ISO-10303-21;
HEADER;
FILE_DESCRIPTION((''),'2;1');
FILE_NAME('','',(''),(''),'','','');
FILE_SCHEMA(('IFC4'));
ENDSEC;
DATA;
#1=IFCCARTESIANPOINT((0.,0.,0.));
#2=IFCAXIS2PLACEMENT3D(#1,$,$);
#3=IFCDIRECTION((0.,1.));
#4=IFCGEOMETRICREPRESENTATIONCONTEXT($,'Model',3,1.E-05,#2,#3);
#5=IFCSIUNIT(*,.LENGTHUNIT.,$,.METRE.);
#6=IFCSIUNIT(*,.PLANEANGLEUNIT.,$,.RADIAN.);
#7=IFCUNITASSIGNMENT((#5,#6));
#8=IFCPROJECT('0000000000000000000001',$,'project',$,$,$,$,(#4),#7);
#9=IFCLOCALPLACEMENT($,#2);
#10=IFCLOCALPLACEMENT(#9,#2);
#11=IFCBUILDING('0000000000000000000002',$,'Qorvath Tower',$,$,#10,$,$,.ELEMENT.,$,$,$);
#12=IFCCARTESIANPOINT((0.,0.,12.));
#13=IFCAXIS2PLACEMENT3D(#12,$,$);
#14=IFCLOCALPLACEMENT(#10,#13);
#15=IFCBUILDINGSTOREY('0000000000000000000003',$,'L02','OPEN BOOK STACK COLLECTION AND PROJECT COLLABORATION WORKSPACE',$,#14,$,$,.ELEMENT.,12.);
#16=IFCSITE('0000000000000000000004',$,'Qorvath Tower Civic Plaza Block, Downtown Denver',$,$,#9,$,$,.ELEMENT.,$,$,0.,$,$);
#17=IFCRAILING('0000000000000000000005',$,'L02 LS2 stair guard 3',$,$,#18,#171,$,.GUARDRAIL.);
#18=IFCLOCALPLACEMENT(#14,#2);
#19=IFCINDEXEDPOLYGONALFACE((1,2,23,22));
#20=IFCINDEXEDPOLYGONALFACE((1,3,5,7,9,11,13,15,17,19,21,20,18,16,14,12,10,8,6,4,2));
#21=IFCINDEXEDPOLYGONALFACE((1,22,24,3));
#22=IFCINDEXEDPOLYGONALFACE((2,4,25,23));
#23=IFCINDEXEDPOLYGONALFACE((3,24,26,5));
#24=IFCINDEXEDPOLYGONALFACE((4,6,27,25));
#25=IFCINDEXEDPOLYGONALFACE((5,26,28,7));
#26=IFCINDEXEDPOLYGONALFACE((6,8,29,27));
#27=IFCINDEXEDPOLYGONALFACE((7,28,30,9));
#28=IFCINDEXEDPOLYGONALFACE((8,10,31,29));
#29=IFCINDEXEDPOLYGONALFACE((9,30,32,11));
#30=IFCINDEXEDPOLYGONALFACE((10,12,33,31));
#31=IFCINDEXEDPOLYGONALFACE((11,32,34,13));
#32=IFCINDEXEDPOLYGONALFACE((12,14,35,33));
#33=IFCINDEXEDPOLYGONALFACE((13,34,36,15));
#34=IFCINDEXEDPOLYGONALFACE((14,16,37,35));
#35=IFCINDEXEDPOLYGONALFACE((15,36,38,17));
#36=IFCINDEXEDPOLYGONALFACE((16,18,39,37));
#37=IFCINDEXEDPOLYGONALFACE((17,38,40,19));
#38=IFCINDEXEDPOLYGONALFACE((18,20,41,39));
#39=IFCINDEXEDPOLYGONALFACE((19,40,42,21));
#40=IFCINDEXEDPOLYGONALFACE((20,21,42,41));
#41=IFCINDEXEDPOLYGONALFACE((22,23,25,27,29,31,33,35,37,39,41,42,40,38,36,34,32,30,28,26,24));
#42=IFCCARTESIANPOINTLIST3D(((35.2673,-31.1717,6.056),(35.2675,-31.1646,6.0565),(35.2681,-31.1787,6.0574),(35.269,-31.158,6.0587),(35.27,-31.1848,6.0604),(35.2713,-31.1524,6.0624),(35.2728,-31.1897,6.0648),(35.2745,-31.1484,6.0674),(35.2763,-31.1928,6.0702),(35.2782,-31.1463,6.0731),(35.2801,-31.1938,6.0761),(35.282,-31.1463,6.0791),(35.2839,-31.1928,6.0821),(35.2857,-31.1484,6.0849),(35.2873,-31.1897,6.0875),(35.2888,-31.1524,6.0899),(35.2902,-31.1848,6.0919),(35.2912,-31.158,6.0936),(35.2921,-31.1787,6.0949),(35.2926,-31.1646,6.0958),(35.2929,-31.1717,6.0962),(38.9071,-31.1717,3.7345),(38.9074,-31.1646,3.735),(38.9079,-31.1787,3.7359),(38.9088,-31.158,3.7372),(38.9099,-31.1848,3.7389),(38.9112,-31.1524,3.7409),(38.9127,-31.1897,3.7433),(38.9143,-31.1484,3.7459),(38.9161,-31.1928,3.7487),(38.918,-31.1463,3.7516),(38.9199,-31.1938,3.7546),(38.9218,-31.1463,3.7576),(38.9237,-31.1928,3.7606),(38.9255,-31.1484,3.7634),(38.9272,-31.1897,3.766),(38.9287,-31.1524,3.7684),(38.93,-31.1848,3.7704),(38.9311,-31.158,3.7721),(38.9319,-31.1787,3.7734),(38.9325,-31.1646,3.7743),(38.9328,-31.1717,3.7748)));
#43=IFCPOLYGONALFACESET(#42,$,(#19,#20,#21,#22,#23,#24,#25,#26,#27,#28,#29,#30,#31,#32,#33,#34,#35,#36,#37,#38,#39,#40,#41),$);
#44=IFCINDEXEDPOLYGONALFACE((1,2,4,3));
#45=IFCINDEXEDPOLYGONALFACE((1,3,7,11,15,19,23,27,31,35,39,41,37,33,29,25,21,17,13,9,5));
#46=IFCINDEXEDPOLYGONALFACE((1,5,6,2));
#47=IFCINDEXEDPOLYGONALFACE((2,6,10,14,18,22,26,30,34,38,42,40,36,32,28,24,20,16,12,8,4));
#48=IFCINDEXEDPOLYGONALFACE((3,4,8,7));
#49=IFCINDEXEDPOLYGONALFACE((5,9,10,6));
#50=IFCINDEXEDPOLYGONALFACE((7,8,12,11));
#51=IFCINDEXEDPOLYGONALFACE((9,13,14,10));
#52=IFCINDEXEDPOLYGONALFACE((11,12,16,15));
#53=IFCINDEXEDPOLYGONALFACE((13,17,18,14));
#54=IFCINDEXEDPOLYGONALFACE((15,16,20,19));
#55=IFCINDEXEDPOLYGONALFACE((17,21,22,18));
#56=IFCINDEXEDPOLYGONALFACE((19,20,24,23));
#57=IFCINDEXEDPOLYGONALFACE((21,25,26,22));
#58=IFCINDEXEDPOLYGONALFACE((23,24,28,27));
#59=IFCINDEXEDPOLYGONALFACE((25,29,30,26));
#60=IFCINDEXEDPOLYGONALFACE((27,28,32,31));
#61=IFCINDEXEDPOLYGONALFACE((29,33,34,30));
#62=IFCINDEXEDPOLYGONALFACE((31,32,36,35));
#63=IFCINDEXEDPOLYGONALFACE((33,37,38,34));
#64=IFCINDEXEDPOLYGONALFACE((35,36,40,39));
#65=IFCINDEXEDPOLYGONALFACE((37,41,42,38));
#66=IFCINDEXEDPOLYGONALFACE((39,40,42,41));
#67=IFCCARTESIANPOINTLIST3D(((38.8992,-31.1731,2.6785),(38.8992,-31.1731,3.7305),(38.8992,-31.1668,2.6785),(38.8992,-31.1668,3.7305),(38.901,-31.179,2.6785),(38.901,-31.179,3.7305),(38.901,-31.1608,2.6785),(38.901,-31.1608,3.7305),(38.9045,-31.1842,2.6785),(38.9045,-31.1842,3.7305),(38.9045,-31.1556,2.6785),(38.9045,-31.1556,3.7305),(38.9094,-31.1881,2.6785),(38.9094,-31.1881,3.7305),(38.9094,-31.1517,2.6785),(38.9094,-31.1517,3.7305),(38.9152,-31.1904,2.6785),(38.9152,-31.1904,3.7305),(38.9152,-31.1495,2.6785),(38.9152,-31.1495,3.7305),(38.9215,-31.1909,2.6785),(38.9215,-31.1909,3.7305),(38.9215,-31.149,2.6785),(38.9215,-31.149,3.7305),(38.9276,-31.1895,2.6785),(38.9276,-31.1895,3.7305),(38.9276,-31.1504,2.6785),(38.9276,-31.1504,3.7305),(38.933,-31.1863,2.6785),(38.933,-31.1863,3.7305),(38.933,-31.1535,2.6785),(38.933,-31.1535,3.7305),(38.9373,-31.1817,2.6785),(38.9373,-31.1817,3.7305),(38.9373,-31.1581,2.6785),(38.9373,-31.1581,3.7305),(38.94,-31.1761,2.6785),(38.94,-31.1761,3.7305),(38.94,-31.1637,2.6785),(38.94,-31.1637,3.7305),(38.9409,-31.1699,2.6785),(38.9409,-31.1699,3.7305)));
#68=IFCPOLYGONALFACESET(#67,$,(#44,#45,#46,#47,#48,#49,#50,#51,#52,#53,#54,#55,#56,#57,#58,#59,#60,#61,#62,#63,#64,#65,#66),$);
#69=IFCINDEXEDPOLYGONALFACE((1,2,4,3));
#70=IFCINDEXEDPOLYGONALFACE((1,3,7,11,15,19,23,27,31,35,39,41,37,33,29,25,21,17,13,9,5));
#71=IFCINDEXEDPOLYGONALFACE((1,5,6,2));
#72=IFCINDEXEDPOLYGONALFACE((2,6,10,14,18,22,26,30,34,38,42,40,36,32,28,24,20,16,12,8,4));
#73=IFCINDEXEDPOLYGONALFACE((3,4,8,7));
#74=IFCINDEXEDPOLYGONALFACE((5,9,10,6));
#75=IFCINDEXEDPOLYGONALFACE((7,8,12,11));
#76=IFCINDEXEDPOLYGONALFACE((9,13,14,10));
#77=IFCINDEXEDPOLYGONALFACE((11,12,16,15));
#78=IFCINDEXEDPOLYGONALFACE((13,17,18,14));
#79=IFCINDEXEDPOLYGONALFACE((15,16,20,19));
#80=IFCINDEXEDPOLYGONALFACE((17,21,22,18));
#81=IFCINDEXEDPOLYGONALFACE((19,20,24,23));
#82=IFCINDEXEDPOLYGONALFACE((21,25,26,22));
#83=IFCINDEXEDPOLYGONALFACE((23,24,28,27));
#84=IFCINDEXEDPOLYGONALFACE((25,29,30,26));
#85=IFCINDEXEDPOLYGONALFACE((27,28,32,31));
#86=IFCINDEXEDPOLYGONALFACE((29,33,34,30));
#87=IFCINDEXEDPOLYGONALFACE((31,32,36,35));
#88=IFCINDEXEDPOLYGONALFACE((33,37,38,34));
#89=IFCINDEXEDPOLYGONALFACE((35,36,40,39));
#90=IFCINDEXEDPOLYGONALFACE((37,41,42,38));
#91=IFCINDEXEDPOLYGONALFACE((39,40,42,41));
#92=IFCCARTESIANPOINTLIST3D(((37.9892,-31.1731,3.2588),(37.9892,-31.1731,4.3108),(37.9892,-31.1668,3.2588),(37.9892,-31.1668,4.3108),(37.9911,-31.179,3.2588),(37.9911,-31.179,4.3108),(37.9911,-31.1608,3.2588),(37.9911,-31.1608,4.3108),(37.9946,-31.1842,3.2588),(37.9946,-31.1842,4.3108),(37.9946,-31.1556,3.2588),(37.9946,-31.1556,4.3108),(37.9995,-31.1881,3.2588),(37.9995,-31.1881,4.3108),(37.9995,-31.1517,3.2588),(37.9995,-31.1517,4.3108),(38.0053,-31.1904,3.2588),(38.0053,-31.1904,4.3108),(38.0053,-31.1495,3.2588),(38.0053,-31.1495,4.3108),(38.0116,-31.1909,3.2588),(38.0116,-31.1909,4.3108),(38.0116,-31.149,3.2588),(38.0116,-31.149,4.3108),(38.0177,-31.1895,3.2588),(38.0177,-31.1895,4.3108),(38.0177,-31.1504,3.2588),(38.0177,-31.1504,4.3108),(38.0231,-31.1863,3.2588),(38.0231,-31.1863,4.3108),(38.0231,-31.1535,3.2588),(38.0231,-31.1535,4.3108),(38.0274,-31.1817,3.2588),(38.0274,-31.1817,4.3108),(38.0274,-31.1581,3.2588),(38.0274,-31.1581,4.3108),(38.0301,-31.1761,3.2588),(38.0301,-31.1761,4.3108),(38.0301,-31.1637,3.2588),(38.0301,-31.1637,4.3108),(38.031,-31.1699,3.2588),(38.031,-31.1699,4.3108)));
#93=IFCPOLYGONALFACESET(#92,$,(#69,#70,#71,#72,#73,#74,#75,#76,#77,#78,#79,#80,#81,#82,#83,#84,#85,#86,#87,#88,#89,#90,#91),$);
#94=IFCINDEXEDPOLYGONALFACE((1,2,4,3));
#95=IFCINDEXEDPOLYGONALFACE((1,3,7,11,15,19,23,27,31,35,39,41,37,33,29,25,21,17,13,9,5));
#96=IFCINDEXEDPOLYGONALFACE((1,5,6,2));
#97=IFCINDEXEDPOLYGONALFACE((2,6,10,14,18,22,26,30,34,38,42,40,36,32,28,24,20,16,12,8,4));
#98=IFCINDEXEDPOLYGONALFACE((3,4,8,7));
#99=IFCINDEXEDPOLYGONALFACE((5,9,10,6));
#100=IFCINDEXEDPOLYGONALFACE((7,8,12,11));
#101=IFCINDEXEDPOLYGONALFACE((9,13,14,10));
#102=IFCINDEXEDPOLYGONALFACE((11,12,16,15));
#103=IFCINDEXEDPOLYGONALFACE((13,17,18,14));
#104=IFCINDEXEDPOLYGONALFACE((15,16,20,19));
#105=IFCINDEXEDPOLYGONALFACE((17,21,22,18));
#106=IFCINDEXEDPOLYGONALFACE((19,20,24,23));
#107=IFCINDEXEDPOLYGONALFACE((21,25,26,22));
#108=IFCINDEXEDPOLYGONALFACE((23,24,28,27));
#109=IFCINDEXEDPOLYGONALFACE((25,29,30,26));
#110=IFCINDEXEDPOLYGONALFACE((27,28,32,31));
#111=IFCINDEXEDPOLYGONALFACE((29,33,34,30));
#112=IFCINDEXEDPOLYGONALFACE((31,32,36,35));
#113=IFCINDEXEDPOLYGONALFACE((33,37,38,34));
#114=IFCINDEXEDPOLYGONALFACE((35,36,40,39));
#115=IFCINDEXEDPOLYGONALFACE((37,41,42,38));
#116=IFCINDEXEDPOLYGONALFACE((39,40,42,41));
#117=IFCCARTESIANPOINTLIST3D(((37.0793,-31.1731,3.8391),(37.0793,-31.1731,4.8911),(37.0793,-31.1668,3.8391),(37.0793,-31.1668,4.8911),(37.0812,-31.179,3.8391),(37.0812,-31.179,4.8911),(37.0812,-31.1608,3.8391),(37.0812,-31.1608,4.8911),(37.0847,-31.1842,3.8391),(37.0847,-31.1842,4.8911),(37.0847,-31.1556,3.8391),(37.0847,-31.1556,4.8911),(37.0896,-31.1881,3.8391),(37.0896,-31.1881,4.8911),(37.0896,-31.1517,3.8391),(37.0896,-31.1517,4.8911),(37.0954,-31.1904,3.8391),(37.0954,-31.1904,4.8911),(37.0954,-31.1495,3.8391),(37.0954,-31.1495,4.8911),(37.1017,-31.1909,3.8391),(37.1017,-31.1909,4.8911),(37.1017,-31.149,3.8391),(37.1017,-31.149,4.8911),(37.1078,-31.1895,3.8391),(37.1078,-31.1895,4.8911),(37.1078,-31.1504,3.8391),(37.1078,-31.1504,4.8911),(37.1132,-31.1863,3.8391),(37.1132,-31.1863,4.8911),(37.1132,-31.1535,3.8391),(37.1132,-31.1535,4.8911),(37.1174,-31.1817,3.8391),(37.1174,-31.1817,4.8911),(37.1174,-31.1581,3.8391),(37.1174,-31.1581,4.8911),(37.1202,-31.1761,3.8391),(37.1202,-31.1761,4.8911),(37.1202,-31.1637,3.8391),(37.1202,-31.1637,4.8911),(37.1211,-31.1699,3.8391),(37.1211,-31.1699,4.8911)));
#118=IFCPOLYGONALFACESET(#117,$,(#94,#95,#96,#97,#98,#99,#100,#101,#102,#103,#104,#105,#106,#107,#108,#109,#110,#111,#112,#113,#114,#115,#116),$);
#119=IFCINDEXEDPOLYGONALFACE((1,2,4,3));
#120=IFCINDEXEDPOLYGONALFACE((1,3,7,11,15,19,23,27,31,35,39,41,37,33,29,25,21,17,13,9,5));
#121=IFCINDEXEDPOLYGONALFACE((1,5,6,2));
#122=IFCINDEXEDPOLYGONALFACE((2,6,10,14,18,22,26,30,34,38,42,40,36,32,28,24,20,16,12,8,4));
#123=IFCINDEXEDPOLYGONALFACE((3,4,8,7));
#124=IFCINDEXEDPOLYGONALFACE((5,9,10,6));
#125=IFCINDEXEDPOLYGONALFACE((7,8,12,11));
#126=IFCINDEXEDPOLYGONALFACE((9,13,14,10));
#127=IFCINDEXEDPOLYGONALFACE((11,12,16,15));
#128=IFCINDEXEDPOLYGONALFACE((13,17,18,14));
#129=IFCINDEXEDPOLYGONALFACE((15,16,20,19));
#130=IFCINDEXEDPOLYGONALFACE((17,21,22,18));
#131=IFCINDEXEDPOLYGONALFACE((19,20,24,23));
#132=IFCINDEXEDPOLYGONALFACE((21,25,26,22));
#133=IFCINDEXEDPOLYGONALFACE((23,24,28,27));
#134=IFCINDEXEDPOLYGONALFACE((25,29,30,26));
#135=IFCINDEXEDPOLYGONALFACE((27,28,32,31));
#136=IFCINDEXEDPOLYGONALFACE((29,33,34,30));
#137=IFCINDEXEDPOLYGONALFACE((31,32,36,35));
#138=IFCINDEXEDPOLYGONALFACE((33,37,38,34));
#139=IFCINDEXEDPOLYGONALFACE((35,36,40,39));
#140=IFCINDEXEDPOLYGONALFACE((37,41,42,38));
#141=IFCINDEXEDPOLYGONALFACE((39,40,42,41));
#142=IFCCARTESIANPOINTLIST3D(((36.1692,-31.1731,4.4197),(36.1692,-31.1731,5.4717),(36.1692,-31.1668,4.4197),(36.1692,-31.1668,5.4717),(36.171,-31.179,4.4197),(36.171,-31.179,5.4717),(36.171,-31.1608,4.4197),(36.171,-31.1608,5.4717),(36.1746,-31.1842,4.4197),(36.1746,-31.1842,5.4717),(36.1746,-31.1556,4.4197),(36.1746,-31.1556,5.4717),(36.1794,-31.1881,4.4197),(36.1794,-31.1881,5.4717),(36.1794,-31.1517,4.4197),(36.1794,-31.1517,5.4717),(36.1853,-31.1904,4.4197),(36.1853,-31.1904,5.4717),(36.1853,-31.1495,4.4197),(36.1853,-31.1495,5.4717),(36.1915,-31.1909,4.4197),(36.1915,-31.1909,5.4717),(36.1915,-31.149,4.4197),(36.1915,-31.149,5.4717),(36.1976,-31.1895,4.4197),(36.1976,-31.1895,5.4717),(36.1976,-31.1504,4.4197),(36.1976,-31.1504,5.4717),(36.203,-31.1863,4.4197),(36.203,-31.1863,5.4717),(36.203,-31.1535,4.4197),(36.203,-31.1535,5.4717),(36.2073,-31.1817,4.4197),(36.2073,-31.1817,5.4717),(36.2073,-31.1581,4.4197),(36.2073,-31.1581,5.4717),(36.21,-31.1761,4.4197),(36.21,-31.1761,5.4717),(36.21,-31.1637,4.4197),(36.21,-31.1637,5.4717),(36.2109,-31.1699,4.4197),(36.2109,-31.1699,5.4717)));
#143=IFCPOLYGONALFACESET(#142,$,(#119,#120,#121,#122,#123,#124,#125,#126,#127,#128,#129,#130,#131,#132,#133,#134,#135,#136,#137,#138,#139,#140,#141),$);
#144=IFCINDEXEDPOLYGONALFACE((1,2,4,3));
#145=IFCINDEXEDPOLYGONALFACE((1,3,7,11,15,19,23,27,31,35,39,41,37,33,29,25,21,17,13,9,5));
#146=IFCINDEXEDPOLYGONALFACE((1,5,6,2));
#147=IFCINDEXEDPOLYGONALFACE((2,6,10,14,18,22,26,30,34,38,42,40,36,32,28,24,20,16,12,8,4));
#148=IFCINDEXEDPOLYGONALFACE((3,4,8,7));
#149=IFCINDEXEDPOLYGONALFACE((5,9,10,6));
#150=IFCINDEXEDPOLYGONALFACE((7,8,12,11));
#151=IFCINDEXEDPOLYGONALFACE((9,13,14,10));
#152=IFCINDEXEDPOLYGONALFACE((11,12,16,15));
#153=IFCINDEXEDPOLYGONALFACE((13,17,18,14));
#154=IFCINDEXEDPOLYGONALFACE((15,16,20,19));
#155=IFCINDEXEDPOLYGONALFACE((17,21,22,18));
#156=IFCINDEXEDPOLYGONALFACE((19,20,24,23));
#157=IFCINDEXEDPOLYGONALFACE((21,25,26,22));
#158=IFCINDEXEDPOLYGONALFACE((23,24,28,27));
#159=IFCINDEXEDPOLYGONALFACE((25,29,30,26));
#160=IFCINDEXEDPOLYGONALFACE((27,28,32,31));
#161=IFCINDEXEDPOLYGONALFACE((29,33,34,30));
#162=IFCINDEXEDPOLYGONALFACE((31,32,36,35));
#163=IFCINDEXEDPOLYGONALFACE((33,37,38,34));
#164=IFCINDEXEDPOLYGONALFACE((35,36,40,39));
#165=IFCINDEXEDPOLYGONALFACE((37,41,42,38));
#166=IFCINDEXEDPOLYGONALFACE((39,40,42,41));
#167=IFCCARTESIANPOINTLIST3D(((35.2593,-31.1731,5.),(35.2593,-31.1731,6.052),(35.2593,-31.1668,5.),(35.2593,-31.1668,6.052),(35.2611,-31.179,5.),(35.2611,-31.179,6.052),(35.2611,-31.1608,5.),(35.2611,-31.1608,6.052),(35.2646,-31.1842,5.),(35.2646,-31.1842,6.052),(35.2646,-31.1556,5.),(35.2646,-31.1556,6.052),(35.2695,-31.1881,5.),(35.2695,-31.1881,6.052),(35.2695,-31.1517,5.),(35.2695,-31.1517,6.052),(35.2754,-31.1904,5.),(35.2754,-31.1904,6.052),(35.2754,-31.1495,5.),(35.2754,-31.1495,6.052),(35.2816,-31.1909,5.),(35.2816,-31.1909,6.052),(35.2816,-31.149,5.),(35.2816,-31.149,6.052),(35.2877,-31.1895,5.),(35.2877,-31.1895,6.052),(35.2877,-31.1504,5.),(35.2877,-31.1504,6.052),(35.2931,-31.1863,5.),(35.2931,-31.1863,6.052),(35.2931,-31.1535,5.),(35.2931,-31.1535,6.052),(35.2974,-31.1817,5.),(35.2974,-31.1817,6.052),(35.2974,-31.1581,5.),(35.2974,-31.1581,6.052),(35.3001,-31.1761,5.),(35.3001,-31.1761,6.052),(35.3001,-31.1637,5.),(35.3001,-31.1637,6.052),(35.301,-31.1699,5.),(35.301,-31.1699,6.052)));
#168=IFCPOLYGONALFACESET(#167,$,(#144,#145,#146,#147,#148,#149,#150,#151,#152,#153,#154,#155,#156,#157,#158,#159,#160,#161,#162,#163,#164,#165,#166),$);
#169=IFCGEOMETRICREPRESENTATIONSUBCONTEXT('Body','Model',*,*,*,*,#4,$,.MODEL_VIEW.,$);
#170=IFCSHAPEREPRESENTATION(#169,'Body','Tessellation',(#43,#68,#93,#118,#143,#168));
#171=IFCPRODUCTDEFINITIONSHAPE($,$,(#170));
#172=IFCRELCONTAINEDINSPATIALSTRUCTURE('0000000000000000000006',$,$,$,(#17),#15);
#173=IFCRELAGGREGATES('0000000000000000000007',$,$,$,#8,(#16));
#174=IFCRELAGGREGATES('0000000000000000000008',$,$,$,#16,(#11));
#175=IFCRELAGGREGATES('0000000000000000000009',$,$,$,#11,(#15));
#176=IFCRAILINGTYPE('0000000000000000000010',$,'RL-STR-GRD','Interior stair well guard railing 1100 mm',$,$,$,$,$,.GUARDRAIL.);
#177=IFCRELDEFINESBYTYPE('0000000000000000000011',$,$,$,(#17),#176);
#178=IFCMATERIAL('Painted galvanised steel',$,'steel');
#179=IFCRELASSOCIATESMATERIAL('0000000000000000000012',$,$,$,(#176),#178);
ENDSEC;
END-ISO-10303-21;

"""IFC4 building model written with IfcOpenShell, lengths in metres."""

from ifc_helpers import new_model, si_unit, direction, frame, origin, origin_2d, place, context, subcontext, project, spatial, circle, extrude, material, type_object, element, save


model = new_model("IFC4")

# Units and contexts
model_context = context("Model", 3, precision=1e-05, world=origin(), true_north=direction((0.0, 1.0)))
body_context = subcontext(model_context, "Body", "Model", "MODEL_VIEW")
ifc_project = project(units=[si_unit("LENGTHUNIT", "METRE"), si_unit("PLANEANGLEUNIT", "RADIAN")], contexts=[model_context])

# Site, building, storey
site_placement = place(None, origin())
site = spatial("IfcSite", under=ifc_project, at=site_placement, Name="Qorvath Tower Civic Plaza Block, Downtown Denver", CompositionType="ELEMENT", RefElevation=0.0)
building_placement = place(site_placement, origin())
building = spatial("IfcBuilding", under=site, at=building_placement, Name="Qorvath Tower", CompositionType="ELEMENT")
storey_placement = place(building_placement, frame((0.0, 0.0, 12.0)))
storey = spatial("IfcBuildingStorey", under=building, at=storey_placement, Name="L02", Description="OPEN BOOK STACK COLLECTION AND PROJECT COLLABORATION WORKSPACE", CompositionType="ELEMENT", Elevation=12.0)

# Railing
ifc_material_1 = material(Name="Painted galvanised steel", Category="steel")
railing_type_1 = type_object("IfcRailingType", Name="RL-STR-GRD", Description="Interior stair well guard railing 1100 mm", PredefinedType="GUARDRAIL", material=ifc_material_1)
railing_1_placement = place(storey_placement, frame((38.9199, -31.1699, 2.6785)))
element("IfcRailing", 1, at=railing_1_placement, inside=storey, type_object=railing_type_1, Name="L02 LS2 stair guard 3", PredefinedType="GUARDRAIL", context=body_context, shape_type="SweptSolid", body=[
    extrude(circle(Radius=0.0239, at=origin_2d()), frame((0.0, 0.0, 1.0762), z_axis=(-0.843112, 0.0, 0.537739), x_axis=(0.0, -1.0, 0.0)), (0.0, 0.0, 1.0), 4.3171),
    extrude(circle(Radius=0.021, at=origin_2d()), origin(), (0.0, 0.0, 1.0), 1.052),
    extrude(circle(Radius=0.021, at=origin_2d()), frame((-0.9099, 0.0, 0.5803)), (0.0, 0.0, 1.0), 1.052),
    extrude(circle(Radius=0.021, at=origin_2d()), frame((-1.8198, 0.0, 1.1606)), (0.0, 0.0, 1.0), 1.052),
    extrude(circle(Radius=0.021, at=origin_2d()), frame((-2.73, 0.0, 1.7412)), (0.0, 0.0, 1.0), 1.052),
    extrude(circle(Radius=0.021, at=origin_2d()), frame((-3.6399, 0.0, 2.3215)), (0.0, 0.0, 1.0), 1.052),
])

save(model, "model.ifc")
